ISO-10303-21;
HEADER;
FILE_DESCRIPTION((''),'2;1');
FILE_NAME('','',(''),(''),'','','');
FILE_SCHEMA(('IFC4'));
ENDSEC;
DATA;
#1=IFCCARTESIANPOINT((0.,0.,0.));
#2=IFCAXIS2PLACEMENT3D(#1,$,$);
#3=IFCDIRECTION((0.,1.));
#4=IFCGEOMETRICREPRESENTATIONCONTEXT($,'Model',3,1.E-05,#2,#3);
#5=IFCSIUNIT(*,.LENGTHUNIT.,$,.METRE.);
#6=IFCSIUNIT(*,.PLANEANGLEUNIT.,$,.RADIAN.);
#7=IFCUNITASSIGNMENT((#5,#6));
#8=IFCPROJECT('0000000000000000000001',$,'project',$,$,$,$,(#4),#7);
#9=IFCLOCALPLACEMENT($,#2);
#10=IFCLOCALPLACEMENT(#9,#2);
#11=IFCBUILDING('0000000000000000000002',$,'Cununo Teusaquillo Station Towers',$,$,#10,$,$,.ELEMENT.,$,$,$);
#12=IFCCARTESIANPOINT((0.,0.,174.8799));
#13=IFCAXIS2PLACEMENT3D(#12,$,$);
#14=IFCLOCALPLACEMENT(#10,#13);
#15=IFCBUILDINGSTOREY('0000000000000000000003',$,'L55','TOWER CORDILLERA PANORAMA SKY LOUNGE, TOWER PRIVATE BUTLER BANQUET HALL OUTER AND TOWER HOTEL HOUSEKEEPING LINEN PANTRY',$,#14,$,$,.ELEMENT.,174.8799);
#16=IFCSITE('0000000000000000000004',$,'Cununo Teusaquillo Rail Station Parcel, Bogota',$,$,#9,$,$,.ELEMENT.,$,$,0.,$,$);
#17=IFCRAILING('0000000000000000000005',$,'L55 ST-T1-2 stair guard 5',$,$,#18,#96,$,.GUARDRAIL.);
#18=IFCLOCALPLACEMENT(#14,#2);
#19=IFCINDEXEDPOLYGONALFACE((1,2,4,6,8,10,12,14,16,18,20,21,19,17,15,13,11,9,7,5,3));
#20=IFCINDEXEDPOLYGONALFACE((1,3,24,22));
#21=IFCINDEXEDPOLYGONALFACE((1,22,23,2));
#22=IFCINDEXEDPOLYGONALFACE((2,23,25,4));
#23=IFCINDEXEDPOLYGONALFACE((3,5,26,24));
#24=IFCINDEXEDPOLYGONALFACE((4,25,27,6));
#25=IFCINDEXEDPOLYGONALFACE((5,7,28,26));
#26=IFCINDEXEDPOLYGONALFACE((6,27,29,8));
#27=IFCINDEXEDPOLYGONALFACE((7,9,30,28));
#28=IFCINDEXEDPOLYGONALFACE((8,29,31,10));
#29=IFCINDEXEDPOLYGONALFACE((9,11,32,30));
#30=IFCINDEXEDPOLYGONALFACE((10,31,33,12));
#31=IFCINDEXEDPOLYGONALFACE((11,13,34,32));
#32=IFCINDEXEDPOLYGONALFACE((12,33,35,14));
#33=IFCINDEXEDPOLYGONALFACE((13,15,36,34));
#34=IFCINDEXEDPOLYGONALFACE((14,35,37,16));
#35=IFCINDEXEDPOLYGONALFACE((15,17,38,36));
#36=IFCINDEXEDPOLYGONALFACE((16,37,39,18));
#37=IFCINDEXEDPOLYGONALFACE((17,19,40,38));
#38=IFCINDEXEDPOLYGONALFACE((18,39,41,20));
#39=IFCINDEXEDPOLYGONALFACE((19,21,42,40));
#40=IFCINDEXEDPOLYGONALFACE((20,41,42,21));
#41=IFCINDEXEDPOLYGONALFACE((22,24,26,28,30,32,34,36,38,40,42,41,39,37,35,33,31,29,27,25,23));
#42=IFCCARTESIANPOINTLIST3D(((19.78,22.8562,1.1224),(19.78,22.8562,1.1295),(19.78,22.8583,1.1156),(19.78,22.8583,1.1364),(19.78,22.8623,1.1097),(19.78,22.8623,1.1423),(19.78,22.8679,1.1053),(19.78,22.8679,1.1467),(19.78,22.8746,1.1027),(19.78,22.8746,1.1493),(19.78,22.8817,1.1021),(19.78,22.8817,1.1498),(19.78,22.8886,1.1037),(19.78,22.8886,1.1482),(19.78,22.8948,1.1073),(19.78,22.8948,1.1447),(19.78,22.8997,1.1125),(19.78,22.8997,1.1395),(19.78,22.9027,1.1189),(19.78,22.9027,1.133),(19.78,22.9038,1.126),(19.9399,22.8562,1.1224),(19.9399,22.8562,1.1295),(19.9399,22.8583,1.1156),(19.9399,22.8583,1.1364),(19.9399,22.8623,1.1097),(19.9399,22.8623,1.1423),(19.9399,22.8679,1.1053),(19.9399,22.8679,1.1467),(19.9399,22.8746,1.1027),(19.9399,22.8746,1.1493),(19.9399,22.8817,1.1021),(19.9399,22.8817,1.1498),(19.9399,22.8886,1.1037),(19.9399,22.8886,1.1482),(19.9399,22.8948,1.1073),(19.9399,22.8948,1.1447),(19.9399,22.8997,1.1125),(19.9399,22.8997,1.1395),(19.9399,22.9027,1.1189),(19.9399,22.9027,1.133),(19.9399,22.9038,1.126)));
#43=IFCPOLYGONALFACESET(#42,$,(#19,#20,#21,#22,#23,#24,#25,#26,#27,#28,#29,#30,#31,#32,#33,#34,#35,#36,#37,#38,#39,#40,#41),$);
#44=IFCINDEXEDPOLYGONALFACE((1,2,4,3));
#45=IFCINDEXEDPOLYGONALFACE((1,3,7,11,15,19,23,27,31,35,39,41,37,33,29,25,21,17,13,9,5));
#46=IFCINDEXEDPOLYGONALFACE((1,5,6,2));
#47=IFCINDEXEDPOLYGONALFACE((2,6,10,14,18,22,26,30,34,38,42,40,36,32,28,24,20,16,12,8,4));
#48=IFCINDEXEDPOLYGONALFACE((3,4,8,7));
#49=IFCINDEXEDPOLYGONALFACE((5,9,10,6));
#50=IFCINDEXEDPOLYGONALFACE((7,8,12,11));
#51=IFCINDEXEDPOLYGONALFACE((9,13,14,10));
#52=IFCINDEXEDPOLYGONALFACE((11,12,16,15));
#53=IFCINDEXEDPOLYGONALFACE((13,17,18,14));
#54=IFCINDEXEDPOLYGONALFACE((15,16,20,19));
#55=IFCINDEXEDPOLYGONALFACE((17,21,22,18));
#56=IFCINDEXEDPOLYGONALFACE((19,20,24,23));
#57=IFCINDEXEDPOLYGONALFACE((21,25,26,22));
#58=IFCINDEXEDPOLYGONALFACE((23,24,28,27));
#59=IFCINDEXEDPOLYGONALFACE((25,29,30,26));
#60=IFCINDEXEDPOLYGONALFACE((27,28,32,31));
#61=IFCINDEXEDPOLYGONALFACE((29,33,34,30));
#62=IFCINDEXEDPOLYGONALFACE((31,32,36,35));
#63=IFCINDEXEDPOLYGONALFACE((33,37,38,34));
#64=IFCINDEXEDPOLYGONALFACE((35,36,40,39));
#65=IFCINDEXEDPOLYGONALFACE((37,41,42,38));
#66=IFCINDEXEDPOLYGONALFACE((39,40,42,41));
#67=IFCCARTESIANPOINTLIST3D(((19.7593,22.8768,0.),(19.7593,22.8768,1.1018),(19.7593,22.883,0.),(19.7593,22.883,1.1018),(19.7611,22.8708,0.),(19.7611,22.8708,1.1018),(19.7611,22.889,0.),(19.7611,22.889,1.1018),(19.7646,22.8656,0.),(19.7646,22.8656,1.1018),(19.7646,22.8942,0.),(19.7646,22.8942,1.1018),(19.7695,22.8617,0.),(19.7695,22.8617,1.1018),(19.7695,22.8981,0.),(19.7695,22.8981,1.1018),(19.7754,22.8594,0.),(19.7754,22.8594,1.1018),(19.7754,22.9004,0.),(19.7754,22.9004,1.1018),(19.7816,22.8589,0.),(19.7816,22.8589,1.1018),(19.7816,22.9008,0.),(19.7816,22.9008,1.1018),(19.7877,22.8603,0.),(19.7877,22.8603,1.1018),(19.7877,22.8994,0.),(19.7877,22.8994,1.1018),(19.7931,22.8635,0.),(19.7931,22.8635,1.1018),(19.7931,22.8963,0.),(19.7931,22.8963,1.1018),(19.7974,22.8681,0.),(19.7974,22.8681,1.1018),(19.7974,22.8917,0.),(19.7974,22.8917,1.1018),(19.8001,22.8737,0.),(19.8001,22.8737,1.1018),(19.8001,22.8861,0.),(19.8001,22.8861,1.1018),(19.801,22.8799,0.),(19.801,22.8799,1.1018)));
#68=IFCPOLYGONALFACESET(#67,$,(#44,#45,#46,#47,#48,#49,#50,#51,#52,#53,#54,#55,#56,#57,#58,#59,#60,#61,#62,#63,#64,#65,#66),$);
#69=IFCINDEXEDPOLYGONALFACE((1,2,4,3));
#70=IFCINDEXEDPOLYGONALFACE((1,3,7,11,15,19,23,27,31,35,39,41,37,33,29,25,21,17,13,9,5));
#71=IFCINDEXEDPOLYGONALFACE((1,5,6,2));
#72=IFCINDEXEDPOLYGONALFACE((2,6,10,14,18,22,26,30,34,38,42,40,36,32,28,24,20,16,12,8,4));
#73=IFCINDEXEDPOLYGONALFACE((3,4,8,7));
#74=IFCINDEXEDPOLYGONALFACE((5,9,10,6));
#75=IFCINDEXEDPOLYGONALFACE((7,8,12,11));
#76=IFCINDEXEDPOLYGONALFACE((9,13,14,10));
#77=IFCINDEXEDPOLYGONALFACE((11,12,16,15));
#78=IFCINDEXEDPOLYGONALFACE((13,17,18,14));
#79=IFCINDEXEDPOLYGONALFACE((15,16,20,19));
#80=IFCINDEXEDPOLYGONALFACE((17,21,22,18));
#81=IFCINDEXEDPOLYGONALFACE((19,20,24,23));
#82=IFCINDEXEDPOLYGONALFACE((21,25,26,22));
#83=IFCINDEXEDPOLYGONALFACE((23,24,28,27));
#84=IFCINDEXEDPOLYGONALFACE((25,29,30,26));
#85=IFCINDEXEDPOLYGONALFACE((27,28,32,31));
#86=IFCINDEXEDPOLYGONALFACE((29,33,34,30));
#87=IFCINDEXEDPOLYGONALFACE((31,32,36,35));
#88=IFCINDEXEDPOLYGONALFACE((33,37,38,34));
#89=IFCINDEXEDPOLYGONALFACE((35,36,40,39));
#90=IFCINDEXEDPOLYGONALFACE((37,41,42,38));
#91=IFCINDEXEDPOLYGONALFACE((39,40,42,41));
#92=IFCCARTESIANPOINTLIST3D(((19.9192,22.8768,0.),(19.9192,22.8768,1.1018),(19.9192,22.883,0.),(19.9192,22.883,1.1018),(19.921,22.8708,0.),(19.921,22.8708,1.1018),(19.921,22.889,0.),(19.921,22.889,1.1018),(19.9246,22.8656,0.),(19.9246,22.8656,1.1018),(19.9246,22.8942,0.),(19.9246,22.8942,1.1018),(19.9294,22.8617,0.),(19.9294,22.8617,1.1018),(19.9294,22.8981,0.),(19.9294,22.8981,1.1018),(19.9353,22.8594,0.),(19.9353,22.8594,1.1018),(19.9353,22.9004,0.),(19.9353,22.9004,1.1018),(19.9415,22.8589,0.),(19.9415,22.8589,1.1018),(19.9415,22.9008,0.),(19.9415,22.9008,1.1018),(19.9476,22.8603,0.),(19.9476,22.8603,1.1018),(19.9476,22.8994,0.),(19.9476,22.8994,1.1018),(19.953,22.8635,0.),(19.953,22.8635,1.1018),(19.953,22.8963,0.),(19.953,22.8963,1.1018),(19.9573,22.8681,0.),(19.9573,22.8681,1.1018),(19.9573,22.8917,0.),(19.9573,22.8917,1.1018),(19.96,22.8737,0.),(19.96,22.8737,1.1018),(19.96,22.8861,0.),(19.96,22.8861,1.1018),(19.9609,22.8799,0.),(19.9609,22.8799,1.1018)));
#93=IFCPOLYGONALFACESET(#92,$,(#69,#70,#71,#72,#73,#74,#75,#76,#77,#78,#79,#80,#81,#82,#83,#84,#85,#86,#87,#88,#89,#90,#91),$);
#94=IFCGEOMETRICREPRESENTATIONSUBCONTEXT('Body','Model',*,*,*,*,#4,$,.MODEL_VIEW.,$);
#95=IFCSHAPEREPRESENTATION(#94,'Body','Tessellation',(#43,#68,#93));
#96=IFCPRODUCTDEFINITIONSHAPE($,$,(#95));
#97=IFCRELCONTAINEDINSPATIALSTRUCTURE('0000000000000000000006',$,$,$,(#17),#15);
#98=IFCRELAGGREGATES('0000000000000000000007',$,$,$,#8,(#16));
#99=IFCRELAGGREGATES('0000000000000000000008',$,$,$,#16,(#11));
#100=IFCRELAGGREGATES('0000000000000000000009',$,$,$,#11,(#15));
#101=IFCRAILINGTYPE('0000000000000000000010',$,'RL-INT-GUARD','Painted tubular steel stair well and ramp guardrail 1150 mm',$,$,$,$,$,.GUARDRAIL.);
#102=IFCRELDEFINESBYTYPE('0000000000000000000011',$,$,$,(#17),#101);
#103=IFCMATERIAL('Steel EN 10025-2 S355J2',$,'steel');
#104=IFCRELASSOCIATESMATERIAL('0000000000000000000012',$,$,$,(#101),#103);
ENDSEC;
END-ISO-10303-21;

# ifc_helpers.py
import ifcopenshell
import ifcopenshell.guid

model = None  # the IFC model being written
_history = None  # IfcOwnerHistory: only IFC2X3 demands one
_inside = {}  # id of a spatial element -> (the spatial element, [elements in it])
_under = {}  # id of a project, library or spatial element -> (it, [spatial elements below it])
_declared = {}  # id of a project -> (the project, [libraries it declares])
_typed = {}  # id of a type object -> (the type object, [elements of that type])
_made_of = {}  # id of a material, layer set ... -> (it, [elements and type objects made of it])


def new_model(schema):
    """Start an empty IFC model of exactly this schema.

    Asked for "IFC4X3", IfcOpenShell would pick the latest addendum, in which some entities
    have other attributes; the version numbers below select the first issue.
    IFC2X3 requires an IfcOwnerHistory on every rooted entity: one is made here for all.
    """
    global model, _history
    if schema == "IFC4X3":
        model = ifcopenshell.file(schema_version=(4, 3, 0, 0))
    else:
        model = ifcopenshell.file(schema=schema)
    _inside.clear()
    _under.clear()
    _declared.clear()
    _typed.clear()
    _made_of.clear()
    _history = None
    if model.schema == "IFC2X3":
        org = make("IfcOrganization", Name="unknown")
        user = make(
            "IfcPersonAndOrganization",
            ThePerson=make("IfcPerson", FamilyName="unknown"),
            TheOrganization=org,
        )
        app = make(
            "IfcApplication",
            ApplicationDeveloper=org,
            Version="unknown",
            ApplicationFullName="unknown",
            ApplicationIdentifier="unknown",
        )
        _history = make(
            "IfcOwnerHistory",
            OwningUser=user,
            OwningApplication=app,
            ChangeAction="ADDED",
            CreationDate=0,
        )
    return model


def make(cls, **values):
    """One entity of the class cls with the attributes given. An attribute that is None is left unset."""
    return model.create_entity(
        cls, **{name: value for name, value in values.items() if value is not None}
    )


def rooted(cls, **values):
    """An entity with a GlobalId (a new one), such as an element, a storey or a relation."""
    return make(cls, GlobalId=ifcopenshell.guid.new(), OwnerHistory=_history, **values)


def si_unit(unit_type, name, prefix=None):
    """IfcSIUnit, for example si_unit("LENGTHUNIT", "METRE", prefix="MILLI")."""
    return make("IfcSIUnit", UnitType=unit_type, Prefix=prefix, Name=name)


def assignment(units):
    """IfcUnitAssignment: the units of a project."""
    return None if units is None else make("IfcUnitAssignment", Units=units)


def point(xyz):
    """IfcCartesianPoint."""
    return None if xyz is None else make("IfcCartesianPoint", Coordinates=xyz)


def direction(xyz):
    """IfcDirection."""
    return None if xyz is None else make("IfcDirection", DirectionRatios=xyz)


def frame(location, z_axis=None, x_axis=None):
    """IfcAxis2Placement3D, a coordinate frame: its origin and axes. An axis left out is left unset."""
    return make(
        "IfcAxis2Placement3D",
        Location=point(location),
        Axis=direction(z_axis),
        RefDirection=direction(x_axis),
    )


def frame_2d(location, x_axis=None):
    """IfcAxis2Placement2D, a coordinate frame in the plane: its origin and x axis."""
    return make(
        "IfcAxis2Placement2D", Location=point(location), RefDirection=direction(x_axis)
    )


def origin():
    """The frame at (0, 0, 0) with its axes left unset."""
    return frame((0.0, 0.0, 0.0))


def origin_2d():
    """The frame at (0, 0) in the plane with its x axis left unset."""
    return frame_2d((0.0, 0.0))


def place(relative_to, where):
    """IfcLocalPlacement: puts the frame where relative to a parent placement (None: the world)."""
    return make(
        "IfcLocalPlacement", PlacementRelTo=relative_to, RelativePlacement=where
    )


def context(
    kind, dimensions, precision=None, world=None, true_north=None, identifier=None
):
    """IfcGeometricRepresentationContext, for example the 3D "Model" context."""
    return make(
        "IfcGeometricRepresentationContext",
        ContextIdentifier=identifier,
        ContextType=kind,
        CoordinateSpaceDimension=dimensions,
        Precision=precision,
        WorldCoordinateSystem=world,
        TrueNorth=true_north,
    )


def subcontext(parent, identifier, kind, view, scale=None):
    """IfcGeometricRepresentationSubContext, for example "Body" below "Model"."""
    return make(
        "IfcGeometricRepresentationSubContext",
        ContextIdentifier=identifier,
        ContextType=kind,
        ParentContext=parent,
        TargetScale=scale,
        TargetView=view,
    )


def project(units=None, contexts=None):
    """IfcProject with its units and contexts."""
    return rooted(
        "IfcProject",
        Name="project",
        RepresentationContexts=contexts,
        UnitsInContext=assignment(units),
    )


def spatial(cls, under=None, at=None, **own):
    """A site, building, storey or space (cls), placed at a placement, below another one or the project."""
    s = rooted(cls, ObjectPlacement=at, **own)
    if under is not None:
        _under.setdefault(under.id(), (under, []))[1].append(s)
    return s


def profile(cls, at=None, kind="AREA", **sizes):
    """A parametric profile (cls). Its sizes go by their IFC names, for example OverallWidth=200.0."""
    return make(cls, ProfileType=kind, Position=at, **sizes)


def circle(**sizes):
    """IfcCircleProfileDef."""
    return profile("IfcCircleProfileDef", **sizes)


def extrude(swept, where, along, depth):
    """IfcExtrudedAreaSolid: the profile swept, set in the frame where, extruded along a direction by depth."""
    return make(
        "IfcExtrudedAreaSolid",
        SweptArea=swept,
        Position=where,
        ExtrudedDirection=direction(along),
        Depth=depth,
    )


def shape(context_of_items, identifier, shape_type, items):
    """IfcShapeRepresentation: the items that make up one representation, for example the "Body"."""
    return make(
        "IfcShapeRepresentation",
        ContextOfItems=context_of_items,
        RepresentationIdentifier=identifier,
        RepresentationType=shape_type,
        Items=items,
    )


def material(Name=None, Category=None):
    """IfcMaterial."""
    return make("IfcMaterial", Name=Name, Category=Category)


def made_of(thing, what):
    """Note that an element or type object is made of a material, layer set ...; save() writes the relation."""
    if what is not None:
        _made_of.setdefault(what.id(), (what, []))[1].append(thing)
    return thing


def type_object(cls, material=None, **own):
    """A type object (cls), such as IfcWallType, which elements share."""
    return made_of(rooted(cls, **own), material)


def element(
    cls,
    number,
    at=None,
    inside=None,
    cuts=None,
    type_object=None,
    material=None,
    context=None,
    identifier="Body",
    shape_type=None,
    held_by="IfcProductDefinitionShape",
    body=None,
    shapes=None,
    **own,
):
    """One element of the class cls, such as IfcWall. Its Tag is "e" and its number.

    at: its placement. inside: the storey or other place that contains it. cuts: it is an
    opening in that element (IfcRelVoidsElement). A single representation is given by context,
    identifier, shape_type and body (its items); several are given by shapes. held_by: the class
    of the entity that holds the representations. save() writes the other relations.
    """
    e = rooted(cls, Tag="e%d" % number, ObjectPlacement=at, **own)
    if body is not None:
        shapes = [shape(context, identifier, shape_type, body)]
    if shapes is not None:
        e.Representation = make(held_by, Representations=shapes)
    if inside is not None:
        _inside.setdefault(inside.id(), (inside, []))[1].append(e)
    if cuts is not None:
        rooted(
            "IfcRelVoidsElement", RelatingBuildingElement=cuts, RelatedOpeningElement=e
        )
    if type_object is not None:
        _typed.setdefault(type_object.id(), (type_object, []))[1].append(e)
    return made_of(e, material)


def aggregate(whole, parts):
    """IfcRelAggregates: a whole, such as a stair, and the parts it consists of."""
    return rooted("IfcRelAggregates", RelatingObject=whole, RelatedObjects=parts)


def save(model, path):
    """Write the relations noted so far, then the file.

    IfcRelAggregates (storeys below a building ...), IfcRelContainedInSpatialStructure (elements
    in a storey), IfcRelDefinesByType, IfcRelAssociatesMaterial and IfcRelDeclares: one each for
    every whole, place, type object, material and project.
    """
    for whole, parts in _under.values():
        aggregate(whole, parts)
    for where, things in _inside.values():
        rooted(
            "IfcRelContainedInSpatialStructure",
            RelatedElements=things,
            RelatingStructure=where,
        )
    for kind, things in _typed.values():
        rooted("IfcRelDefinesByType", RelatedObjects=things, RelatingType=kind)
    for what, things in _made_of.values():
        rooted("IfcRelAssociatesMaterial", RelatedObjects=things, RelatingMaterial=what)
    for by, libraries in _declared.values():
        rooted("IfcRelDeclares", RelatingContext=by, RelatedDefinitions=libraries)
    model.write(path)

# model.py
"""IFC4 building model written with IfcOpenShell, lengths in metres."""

from ifc_helpers import new_model, si_unit, direction, frame, origin, origin_2d, place, context, subcontext, project, spatial, circle, extrude, material, type_object, element, save


model = new_model("IFC4")

# Units and contexts
model_context = context("Model", 3, precision=1e-05, world=origin(), true_north=direction((0.0, 1.0)))
body_context = subcontext(model_context, "Body", "Model", "MODEL_VIEW")
ifc_project = project(units=[si_unit("LENGTHUNIT", "METRE"), si_unit("PLANEANGLEUNIT", "RADIAN")], contexts=[model_context])

# Site, building, storey
site_placement = place(None, origin())
site = spatial("IfcSite", under=ifc_project, at=site_placement, Name="Cununo Teusaquillo Rail Station Parcel, Bogota", CompositionType="ELEMENT", RefElevation=0.0)
building_placement = place(site_placement, origin())
building = spatial("IfcBuilding", under=site, at=building_placement, Name="Cununo Teusaquillo Station Towers", CompositionType="ELEMENT")
storey_placement = place(building_placement, frame((0.0, 0.0, 174.8799)))
storey = spatial("IfcBuildingStorey", under=building, at=storey_placement, Name="L55", Description="TOWER CORDILLERA PANORAMA SKY LOUNGE, TOWER PRIVATE BUTLER BANQUET HALL OUTER AND TOWER HOTEL HOUSEKEEPING LINEN PANTRY", CompositionType="ELEMENT", Elevation=174.8799)

# Railing
ifc_material_1 = material(Name="Steel EN 10025-2 S355J2", Category="steel")
railing_type_1 = type_object("IfcRailingType", Name="RL-INT-GUARD", Description="Painted tubular steel stair well and ramp guardrail 1150 mm", PredefinedType="GUARDRAIL", material=ifc_material_1)
railing_1_placement = place(storey_placement, frame((19.78, 22.8799, 0.0)))
element("IfcRailing", 1, at=railing_1_placement, inside=storey, type_object=railing_type_1, Name="L55 ST-T1-2 stair guard 5", PredefinedType="GUARDRAIL", context=body_context, shape_type="SweptSolid", body=[
    extrude(circle(Radius=0.0239, at=origin_2d()), frame((0.0, 0.0, 1.126), z_axis=(1.0, 0.0, 0.0), x_axis=(0.0, 1.0, 0.0)), (0.0, 0.0, 1.0), 0.1599),
    extrude(circle(Radius=0.021, at=origin_2d()), origin(), (0.0, 0.0, 1.0), 1.1018),
    extrude(circle(Radius=0.021, at=origin_2d()), frame((0.1599, 0.0, 0.0)), (0.0, 0.0, 1.0), 1.1018),
])

save(model, "model.ifc")
